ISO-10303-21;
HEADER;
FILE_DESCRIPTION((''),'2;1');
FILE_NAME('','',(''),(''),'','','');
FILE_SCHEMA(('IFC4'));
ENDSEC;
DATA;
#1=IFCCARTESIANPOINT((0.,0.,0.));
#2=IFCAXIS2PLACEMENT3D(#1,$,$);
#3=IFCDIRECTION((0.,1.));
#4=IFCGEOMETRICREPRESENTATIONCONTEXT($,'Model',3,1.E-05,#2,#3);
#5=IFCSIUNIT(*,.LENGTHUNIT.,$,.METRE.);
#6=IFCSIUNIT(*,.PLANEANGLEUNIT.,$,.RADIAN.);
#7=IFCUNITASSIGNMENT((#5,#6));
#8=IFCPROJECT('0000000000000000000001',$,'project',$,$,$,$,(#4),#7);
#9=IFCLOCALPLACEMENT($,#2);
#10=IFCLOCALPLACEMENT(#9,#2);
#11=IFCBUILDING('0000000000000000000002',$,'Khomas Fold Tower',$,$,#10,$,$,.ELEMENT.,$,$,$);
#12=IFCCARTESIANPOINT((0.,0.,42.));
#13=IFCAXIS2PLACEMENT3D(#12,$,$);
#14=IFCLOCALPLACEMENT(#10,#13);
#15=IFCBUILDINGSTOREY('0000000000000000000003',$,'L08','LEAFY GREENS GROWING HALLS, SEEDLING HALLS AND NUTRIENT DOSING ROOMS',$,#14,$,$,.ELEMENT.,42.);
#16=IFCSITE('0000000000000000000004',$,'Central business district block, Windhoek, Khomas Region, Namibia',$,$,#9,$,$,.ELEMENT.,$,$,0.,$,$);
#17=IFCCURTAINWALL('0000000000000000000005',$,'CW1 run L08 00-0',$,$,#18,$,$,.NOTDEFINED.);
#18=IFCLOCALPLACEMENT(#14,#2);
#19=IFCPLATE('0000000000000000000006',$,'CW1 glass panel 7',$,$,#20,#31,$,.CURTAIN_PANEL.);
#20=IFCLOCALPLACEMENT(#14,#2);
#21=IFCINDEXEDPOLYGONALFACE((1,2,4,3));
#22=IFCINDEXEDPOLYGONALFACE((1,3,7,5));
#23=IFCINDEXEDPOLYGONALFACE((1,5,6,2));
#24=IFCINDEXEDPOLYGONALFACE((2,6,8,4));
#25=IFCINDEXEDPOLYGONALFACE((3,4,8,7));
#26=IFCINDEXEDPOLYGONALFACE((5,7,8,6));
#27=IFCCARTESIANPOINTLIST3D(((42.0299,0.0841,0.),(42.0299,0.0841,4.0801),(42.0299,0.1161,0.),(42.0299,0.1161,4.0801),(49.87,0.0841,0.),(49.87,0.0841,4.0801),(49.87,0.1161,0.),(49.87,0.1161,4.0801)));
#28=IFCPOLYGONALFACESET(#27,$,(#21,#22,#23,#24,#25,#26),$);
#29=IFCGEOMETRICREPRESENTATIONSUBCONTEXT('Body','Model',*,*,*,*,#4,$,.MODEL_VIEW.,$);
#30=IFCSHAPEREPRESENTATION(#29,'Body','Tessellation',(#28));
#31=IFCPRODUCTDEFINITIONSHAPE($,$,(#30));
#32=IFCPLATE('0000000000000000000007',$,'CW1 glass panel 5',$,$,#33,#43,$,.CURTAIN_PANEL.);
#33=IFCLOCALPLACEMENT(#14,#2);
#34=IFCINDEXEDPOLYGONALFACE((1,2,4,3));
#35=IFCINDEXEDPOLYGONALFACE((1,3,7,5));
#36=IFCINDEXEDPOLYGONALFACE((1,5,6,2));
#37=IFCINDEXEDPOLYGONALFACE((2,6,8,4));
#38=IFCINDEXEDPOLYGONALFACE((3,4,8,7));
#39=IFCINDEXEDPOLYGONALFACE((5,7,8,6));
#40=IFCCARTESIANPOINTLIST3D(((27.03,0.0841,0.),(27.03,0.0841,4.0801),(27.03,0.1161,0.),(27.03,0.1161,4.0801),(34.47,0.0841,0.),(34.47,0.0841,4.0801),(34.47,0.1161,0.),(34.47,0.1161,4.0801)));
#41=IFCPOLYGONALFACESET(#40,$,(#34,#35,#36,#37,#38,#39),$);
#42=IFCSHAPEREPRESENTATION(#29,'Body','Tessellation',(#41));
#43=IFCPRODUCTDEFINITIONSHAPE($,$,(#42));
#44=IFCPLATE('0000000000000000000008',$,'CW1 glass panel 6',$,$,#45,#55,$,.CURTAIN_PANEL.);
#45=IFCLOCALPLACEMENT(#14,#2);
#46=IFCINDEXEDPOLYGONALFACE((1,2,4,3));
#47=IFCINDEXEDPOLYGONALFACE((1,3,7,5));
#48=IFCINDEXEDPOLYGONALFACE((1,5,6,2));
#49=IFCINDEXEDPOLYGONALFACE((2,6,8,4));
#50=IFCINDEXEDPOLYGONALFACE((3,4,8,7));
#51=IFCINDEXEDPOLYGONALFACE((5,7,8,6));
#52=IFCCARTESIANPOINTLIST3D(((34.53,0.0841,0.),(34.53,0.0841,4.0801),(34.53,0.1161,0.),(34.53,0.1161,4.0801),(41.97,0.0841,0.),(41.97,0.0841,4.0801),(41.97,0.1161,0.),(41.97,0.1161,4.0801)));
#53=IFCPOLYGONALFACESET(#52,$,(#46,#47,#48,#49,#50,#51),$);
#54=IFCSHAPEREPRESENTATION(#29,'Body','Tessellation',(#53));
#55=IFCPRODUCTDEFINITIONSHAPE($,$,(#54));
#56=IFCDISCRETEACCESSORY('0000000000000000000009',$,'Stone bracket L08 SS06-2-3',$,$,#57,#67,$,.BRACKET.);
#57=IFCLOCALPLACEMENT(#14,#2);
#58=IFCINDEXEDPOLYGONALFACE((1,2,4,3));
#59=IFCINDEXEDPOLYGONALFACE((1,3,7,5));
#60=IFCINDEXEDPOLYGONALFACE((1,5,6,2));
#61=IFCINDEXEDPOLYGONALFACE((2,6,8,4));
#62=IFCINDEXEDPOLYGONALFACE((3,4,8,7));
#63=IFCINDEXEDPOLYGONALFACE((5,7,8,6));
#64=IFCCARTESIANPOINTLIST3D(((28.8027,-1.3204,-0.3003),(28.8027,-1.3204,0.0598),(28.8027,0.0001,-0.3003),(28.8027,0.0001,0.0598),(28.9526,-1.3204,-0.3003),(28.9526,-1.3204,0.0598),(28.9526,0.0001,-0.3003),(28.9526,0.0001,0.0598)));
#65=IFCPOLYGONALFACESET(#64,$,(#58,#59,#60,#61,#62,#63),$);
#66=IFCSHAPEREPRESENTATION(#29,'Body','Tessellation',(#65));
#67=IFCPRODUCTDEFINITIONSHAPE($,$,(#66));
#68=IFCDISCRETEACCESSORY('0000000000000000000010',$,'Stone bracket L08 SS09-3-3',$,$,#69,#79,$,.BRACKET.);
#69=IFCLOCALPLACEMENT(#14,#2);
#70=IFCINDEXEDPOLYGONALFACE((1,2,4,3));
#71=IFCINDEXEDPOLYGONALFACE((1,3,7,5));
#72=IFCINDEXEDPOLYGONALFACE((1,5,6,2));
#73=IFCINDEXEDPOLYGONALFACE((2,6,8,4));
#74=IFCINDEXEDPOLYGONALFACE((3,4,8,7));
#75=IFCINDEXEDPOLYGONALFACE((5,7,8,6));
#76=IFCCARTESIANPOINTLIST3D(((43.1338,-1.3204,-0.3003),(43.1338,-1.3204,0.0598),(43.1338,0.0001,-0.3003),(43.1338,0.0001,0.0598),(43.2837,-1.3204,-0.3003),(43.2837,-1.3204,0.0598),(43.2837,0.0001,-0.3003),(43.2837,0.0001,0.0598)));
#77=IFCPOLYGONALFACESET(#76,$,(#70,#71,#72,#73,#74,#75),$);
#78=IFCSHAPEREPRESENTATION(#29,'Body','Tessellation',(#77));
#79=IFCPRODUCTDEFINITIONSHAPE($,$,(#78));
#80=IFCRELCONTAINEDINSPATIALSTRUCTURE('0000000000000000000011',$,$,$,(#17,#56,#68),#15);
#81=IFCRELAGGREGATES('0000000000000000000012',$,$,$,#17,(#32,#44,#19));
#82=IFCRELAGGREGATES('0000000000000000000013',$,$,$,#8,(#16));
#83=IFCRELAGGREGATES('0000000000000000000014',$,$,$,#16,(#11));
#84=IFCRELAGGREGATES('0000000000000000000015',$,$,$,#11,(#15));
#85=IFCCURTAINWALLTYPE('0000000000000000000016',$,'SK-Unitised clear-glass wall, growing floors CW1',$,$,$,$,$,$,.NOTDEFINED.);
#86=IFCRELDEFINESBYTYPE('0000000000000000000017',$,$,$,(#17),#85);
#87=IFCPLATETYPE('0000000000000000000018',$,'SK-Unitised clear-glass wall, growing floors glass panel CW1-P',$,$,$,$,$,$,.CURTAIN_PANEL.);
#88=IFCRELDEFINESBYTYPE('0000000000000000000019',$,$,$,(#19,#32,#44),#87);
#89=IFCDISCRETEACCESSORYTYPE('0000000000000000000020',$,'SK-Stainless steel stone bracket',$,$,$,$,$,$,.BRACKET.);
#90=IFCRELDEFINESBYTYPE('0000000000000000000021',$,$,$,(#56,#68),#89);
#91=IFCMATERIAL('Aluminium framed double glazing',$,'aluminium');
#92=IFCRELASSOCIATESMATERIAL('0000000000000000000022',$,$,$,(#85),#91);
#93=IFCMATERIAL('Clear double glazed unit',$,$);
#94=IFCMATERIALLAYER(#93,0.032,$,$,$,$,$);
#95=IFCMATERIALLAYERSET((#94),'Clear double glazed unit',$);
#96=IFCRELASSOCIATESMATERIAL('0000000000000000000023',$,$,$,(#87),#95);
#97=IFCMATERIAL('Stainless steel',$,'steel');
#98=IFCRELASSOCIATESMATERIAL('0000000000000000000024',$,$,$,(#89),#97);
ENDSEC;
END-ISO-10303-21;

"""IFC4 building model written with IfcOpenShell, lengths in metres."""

from ifc_helpers import new_model, si_unit, direction, frame, origin, origin_2d, place, context, subcontext, project, spatial, rectangle, extrude, source, transform, mapped, material, layer, layer_set, type_object, element, aggregate, save


model = new_model("IFC4")

# Units and contexts
model_context = context("Model", 3, precision=1e-05, world=origin(), true_north=direction((0.0, 1.0)))
body_context = subcontext(model_context, "Body", "Model", "MODEL_VIEW")
ifc_project = project(units=[si_unit("LENGTHUNIT", "METRE"), si_unit("PLANEANGLEUNIT", "RADIAN")], contexts=[model_context])

# Site, building, storey
site_placement = place(None, origin())
site = spatial("IfcSite", under=ifc_project, at=site_placement, Name="Central business district block, Windhoek, Khomas Region, Namibia", CompositionType="ELEMENT", RefElevation=0.0)
building_placement = place(site_placement, origin())
building = spatial("IfcBuilding", under=site, at=building_placement, Name="Khomas Fold Tower", CompositionType="ELEMENT")
storey_placement = place(building_placement, frame((0.0, 0.0, 42.0)))
storey = spatial("IfcBuildingStorey", under=building, at=storey_placement, Name="L08", Description="LEAFY GREENS GROWING HALLS, SEEDLING HALLS AND NUTRIENT DOSING ROOMS", CompositionType="ELEMENT", Elevation=42.0)

# Curtain wall, plates
ifc_material_1 = material(Name="Aluminium framed double glazing", Category="aluminium")
curtain_wall_type = type_object("IfcCurtainWallType", Name="SK-Unitised clear-glass wall, growing floors CW1", PredefinedType="NOTDEFINED", material=ifc_material_1)
curtain_wall_placement = place(storey_placement, origin())
curtain_wall = element("IfcCurtainWall", 1, at=curtain_wall_placement, inside=storey, type_object=curtain_wall_type, Name="CW1 run L08 00-0", PredefinedType="NOTDEFINED")
ifc_material_2 = material(Name="Clear double glazed unit")
ifc_layer = layer(ifc_material_2, 0.032)
ifc_layer_set = layer_set([ifc_layer], Name="Clear double glazed unit")
plate_type = type_object("IfcPlateType", Name="SK-Unitised clear-glass wall, growing floors glass panel CW1-P", PredefinedType="CURTAIN_PANEL", material=ifc_layer_set)
shared_shape_1 = source(origin(), body_context, "Body", "SweptSolid", [
    extrude(rectangle(XDim=7.8401, YDim=0.032, at=origin_2d()), origin(), (0.0, 0.0, 1.0), 4.0801),
])
plate_1_placement = place(storey_placement, frame((45.95, 0.1001, 0.0), z_axis=(0.0, 0.0, 1.0), x_axis=(1.0, 0.0, 0.0)))
plate_1 = element("IfcPlate", 2, at=plate_1_placement, type_object=plate_type, Name="CW1 glass panel 7", PredefinedType="CURTAIN_PANEL", context=body_context, shape_type="MappedRepresentation", body=[
    mapped(shared_shape_1, transform((0.0, 0.0, 0.0))),
])
shared_shape_2 = source(origin(), body_context, "Body", "SweptSolid", [
    extrude(rectangle(XDim=7.4399, YDim=0.032, at=origin_2d()), origin(), (0.0, 0.0, 1.0), 4.0801),
])
plate_2_placement = place(storey_placement, frame((30.75, 0.1001, 0.0), z_axis=(0.0, 0.0, 1.0), x_axis=(1.0, 0.0, 0.0)))
plate_2 = element("IfcPlate", 3, at=plate_2_placement, type_object=plate_type, Name="CW1 glass panel 5", PredefinedType="CURTAIN_PANEL", context=body_context, shape_type="MappedRepresentation", body=[
    mapped(shared_shape_2, transform((0.0, 0.0, 0.0))),
])
plate_3_placement = place(storey_placement, frame((38.25, 0.1001, 0.0), z_axis=(0.0, 0.0, 1.0), x_axis=(1.0, 0.0, 0.0)))
plate_3 = element("IfcPlate", 4, at=plate_3_placement, type_object=plate_type, Name="CW1 glass panel 6", PredefinedType="CURTAIN_PANEL", context=body_context, shape_type="MappedRepresentation", body=[
    mapped(shared_shape_2, transform((0.0, 0.0, 0.0))),
])
aggregate(curtain_wall, [plate_2, plate_3, plate_1])

# Discrete accessories
ifc_material_3 = material(Name="Stainless steel", Category="steel")
discrete_accessory_type = type_object("IfcDiscreteAccessoryType", Name="SK-Stainless steel stone bracket", PredefinedType="BRACKET", material=ifc_material_3)
shared_shape_3 = source(origin(), body_context, "Body", "SweptSolid", [
    extrude(rectangle(XDim=1.3206, YDim=0.1499, at=origin_2d()), origin(), (0.0, 0.0, 1.0), 0.3601),
])
for number, where, z_axis, x_axis, name in (
    (5, (28.8777, -0.6602, -0.3003), (0.0, 0.0, 1.0), (0.0, -1.0, 0.0), "Stone bracket L08 SS06-2-3"),
    (6, (43.2087, -0.6602, -0.3003), (0.0, 0.0, 1.0), (0.0, -1.0, 0.0), "Stone bracket L08 SS09-3-3"),
):
    element("IfcDiscreteAccessory", number, at=place(storey_placement, frame(where, z_axis=z_axis, x_axis=x_axis)), inside=storey, type_object=discrete_accessory_type, Name=name, PredefinedType="BRACKET", context=body_context, shape_type="MappedRepresentation", body=[
        mapped(shared_shape_3, transform((0.0, 0.0, 0.0))),
    ])

save(model, "model.ifc")
